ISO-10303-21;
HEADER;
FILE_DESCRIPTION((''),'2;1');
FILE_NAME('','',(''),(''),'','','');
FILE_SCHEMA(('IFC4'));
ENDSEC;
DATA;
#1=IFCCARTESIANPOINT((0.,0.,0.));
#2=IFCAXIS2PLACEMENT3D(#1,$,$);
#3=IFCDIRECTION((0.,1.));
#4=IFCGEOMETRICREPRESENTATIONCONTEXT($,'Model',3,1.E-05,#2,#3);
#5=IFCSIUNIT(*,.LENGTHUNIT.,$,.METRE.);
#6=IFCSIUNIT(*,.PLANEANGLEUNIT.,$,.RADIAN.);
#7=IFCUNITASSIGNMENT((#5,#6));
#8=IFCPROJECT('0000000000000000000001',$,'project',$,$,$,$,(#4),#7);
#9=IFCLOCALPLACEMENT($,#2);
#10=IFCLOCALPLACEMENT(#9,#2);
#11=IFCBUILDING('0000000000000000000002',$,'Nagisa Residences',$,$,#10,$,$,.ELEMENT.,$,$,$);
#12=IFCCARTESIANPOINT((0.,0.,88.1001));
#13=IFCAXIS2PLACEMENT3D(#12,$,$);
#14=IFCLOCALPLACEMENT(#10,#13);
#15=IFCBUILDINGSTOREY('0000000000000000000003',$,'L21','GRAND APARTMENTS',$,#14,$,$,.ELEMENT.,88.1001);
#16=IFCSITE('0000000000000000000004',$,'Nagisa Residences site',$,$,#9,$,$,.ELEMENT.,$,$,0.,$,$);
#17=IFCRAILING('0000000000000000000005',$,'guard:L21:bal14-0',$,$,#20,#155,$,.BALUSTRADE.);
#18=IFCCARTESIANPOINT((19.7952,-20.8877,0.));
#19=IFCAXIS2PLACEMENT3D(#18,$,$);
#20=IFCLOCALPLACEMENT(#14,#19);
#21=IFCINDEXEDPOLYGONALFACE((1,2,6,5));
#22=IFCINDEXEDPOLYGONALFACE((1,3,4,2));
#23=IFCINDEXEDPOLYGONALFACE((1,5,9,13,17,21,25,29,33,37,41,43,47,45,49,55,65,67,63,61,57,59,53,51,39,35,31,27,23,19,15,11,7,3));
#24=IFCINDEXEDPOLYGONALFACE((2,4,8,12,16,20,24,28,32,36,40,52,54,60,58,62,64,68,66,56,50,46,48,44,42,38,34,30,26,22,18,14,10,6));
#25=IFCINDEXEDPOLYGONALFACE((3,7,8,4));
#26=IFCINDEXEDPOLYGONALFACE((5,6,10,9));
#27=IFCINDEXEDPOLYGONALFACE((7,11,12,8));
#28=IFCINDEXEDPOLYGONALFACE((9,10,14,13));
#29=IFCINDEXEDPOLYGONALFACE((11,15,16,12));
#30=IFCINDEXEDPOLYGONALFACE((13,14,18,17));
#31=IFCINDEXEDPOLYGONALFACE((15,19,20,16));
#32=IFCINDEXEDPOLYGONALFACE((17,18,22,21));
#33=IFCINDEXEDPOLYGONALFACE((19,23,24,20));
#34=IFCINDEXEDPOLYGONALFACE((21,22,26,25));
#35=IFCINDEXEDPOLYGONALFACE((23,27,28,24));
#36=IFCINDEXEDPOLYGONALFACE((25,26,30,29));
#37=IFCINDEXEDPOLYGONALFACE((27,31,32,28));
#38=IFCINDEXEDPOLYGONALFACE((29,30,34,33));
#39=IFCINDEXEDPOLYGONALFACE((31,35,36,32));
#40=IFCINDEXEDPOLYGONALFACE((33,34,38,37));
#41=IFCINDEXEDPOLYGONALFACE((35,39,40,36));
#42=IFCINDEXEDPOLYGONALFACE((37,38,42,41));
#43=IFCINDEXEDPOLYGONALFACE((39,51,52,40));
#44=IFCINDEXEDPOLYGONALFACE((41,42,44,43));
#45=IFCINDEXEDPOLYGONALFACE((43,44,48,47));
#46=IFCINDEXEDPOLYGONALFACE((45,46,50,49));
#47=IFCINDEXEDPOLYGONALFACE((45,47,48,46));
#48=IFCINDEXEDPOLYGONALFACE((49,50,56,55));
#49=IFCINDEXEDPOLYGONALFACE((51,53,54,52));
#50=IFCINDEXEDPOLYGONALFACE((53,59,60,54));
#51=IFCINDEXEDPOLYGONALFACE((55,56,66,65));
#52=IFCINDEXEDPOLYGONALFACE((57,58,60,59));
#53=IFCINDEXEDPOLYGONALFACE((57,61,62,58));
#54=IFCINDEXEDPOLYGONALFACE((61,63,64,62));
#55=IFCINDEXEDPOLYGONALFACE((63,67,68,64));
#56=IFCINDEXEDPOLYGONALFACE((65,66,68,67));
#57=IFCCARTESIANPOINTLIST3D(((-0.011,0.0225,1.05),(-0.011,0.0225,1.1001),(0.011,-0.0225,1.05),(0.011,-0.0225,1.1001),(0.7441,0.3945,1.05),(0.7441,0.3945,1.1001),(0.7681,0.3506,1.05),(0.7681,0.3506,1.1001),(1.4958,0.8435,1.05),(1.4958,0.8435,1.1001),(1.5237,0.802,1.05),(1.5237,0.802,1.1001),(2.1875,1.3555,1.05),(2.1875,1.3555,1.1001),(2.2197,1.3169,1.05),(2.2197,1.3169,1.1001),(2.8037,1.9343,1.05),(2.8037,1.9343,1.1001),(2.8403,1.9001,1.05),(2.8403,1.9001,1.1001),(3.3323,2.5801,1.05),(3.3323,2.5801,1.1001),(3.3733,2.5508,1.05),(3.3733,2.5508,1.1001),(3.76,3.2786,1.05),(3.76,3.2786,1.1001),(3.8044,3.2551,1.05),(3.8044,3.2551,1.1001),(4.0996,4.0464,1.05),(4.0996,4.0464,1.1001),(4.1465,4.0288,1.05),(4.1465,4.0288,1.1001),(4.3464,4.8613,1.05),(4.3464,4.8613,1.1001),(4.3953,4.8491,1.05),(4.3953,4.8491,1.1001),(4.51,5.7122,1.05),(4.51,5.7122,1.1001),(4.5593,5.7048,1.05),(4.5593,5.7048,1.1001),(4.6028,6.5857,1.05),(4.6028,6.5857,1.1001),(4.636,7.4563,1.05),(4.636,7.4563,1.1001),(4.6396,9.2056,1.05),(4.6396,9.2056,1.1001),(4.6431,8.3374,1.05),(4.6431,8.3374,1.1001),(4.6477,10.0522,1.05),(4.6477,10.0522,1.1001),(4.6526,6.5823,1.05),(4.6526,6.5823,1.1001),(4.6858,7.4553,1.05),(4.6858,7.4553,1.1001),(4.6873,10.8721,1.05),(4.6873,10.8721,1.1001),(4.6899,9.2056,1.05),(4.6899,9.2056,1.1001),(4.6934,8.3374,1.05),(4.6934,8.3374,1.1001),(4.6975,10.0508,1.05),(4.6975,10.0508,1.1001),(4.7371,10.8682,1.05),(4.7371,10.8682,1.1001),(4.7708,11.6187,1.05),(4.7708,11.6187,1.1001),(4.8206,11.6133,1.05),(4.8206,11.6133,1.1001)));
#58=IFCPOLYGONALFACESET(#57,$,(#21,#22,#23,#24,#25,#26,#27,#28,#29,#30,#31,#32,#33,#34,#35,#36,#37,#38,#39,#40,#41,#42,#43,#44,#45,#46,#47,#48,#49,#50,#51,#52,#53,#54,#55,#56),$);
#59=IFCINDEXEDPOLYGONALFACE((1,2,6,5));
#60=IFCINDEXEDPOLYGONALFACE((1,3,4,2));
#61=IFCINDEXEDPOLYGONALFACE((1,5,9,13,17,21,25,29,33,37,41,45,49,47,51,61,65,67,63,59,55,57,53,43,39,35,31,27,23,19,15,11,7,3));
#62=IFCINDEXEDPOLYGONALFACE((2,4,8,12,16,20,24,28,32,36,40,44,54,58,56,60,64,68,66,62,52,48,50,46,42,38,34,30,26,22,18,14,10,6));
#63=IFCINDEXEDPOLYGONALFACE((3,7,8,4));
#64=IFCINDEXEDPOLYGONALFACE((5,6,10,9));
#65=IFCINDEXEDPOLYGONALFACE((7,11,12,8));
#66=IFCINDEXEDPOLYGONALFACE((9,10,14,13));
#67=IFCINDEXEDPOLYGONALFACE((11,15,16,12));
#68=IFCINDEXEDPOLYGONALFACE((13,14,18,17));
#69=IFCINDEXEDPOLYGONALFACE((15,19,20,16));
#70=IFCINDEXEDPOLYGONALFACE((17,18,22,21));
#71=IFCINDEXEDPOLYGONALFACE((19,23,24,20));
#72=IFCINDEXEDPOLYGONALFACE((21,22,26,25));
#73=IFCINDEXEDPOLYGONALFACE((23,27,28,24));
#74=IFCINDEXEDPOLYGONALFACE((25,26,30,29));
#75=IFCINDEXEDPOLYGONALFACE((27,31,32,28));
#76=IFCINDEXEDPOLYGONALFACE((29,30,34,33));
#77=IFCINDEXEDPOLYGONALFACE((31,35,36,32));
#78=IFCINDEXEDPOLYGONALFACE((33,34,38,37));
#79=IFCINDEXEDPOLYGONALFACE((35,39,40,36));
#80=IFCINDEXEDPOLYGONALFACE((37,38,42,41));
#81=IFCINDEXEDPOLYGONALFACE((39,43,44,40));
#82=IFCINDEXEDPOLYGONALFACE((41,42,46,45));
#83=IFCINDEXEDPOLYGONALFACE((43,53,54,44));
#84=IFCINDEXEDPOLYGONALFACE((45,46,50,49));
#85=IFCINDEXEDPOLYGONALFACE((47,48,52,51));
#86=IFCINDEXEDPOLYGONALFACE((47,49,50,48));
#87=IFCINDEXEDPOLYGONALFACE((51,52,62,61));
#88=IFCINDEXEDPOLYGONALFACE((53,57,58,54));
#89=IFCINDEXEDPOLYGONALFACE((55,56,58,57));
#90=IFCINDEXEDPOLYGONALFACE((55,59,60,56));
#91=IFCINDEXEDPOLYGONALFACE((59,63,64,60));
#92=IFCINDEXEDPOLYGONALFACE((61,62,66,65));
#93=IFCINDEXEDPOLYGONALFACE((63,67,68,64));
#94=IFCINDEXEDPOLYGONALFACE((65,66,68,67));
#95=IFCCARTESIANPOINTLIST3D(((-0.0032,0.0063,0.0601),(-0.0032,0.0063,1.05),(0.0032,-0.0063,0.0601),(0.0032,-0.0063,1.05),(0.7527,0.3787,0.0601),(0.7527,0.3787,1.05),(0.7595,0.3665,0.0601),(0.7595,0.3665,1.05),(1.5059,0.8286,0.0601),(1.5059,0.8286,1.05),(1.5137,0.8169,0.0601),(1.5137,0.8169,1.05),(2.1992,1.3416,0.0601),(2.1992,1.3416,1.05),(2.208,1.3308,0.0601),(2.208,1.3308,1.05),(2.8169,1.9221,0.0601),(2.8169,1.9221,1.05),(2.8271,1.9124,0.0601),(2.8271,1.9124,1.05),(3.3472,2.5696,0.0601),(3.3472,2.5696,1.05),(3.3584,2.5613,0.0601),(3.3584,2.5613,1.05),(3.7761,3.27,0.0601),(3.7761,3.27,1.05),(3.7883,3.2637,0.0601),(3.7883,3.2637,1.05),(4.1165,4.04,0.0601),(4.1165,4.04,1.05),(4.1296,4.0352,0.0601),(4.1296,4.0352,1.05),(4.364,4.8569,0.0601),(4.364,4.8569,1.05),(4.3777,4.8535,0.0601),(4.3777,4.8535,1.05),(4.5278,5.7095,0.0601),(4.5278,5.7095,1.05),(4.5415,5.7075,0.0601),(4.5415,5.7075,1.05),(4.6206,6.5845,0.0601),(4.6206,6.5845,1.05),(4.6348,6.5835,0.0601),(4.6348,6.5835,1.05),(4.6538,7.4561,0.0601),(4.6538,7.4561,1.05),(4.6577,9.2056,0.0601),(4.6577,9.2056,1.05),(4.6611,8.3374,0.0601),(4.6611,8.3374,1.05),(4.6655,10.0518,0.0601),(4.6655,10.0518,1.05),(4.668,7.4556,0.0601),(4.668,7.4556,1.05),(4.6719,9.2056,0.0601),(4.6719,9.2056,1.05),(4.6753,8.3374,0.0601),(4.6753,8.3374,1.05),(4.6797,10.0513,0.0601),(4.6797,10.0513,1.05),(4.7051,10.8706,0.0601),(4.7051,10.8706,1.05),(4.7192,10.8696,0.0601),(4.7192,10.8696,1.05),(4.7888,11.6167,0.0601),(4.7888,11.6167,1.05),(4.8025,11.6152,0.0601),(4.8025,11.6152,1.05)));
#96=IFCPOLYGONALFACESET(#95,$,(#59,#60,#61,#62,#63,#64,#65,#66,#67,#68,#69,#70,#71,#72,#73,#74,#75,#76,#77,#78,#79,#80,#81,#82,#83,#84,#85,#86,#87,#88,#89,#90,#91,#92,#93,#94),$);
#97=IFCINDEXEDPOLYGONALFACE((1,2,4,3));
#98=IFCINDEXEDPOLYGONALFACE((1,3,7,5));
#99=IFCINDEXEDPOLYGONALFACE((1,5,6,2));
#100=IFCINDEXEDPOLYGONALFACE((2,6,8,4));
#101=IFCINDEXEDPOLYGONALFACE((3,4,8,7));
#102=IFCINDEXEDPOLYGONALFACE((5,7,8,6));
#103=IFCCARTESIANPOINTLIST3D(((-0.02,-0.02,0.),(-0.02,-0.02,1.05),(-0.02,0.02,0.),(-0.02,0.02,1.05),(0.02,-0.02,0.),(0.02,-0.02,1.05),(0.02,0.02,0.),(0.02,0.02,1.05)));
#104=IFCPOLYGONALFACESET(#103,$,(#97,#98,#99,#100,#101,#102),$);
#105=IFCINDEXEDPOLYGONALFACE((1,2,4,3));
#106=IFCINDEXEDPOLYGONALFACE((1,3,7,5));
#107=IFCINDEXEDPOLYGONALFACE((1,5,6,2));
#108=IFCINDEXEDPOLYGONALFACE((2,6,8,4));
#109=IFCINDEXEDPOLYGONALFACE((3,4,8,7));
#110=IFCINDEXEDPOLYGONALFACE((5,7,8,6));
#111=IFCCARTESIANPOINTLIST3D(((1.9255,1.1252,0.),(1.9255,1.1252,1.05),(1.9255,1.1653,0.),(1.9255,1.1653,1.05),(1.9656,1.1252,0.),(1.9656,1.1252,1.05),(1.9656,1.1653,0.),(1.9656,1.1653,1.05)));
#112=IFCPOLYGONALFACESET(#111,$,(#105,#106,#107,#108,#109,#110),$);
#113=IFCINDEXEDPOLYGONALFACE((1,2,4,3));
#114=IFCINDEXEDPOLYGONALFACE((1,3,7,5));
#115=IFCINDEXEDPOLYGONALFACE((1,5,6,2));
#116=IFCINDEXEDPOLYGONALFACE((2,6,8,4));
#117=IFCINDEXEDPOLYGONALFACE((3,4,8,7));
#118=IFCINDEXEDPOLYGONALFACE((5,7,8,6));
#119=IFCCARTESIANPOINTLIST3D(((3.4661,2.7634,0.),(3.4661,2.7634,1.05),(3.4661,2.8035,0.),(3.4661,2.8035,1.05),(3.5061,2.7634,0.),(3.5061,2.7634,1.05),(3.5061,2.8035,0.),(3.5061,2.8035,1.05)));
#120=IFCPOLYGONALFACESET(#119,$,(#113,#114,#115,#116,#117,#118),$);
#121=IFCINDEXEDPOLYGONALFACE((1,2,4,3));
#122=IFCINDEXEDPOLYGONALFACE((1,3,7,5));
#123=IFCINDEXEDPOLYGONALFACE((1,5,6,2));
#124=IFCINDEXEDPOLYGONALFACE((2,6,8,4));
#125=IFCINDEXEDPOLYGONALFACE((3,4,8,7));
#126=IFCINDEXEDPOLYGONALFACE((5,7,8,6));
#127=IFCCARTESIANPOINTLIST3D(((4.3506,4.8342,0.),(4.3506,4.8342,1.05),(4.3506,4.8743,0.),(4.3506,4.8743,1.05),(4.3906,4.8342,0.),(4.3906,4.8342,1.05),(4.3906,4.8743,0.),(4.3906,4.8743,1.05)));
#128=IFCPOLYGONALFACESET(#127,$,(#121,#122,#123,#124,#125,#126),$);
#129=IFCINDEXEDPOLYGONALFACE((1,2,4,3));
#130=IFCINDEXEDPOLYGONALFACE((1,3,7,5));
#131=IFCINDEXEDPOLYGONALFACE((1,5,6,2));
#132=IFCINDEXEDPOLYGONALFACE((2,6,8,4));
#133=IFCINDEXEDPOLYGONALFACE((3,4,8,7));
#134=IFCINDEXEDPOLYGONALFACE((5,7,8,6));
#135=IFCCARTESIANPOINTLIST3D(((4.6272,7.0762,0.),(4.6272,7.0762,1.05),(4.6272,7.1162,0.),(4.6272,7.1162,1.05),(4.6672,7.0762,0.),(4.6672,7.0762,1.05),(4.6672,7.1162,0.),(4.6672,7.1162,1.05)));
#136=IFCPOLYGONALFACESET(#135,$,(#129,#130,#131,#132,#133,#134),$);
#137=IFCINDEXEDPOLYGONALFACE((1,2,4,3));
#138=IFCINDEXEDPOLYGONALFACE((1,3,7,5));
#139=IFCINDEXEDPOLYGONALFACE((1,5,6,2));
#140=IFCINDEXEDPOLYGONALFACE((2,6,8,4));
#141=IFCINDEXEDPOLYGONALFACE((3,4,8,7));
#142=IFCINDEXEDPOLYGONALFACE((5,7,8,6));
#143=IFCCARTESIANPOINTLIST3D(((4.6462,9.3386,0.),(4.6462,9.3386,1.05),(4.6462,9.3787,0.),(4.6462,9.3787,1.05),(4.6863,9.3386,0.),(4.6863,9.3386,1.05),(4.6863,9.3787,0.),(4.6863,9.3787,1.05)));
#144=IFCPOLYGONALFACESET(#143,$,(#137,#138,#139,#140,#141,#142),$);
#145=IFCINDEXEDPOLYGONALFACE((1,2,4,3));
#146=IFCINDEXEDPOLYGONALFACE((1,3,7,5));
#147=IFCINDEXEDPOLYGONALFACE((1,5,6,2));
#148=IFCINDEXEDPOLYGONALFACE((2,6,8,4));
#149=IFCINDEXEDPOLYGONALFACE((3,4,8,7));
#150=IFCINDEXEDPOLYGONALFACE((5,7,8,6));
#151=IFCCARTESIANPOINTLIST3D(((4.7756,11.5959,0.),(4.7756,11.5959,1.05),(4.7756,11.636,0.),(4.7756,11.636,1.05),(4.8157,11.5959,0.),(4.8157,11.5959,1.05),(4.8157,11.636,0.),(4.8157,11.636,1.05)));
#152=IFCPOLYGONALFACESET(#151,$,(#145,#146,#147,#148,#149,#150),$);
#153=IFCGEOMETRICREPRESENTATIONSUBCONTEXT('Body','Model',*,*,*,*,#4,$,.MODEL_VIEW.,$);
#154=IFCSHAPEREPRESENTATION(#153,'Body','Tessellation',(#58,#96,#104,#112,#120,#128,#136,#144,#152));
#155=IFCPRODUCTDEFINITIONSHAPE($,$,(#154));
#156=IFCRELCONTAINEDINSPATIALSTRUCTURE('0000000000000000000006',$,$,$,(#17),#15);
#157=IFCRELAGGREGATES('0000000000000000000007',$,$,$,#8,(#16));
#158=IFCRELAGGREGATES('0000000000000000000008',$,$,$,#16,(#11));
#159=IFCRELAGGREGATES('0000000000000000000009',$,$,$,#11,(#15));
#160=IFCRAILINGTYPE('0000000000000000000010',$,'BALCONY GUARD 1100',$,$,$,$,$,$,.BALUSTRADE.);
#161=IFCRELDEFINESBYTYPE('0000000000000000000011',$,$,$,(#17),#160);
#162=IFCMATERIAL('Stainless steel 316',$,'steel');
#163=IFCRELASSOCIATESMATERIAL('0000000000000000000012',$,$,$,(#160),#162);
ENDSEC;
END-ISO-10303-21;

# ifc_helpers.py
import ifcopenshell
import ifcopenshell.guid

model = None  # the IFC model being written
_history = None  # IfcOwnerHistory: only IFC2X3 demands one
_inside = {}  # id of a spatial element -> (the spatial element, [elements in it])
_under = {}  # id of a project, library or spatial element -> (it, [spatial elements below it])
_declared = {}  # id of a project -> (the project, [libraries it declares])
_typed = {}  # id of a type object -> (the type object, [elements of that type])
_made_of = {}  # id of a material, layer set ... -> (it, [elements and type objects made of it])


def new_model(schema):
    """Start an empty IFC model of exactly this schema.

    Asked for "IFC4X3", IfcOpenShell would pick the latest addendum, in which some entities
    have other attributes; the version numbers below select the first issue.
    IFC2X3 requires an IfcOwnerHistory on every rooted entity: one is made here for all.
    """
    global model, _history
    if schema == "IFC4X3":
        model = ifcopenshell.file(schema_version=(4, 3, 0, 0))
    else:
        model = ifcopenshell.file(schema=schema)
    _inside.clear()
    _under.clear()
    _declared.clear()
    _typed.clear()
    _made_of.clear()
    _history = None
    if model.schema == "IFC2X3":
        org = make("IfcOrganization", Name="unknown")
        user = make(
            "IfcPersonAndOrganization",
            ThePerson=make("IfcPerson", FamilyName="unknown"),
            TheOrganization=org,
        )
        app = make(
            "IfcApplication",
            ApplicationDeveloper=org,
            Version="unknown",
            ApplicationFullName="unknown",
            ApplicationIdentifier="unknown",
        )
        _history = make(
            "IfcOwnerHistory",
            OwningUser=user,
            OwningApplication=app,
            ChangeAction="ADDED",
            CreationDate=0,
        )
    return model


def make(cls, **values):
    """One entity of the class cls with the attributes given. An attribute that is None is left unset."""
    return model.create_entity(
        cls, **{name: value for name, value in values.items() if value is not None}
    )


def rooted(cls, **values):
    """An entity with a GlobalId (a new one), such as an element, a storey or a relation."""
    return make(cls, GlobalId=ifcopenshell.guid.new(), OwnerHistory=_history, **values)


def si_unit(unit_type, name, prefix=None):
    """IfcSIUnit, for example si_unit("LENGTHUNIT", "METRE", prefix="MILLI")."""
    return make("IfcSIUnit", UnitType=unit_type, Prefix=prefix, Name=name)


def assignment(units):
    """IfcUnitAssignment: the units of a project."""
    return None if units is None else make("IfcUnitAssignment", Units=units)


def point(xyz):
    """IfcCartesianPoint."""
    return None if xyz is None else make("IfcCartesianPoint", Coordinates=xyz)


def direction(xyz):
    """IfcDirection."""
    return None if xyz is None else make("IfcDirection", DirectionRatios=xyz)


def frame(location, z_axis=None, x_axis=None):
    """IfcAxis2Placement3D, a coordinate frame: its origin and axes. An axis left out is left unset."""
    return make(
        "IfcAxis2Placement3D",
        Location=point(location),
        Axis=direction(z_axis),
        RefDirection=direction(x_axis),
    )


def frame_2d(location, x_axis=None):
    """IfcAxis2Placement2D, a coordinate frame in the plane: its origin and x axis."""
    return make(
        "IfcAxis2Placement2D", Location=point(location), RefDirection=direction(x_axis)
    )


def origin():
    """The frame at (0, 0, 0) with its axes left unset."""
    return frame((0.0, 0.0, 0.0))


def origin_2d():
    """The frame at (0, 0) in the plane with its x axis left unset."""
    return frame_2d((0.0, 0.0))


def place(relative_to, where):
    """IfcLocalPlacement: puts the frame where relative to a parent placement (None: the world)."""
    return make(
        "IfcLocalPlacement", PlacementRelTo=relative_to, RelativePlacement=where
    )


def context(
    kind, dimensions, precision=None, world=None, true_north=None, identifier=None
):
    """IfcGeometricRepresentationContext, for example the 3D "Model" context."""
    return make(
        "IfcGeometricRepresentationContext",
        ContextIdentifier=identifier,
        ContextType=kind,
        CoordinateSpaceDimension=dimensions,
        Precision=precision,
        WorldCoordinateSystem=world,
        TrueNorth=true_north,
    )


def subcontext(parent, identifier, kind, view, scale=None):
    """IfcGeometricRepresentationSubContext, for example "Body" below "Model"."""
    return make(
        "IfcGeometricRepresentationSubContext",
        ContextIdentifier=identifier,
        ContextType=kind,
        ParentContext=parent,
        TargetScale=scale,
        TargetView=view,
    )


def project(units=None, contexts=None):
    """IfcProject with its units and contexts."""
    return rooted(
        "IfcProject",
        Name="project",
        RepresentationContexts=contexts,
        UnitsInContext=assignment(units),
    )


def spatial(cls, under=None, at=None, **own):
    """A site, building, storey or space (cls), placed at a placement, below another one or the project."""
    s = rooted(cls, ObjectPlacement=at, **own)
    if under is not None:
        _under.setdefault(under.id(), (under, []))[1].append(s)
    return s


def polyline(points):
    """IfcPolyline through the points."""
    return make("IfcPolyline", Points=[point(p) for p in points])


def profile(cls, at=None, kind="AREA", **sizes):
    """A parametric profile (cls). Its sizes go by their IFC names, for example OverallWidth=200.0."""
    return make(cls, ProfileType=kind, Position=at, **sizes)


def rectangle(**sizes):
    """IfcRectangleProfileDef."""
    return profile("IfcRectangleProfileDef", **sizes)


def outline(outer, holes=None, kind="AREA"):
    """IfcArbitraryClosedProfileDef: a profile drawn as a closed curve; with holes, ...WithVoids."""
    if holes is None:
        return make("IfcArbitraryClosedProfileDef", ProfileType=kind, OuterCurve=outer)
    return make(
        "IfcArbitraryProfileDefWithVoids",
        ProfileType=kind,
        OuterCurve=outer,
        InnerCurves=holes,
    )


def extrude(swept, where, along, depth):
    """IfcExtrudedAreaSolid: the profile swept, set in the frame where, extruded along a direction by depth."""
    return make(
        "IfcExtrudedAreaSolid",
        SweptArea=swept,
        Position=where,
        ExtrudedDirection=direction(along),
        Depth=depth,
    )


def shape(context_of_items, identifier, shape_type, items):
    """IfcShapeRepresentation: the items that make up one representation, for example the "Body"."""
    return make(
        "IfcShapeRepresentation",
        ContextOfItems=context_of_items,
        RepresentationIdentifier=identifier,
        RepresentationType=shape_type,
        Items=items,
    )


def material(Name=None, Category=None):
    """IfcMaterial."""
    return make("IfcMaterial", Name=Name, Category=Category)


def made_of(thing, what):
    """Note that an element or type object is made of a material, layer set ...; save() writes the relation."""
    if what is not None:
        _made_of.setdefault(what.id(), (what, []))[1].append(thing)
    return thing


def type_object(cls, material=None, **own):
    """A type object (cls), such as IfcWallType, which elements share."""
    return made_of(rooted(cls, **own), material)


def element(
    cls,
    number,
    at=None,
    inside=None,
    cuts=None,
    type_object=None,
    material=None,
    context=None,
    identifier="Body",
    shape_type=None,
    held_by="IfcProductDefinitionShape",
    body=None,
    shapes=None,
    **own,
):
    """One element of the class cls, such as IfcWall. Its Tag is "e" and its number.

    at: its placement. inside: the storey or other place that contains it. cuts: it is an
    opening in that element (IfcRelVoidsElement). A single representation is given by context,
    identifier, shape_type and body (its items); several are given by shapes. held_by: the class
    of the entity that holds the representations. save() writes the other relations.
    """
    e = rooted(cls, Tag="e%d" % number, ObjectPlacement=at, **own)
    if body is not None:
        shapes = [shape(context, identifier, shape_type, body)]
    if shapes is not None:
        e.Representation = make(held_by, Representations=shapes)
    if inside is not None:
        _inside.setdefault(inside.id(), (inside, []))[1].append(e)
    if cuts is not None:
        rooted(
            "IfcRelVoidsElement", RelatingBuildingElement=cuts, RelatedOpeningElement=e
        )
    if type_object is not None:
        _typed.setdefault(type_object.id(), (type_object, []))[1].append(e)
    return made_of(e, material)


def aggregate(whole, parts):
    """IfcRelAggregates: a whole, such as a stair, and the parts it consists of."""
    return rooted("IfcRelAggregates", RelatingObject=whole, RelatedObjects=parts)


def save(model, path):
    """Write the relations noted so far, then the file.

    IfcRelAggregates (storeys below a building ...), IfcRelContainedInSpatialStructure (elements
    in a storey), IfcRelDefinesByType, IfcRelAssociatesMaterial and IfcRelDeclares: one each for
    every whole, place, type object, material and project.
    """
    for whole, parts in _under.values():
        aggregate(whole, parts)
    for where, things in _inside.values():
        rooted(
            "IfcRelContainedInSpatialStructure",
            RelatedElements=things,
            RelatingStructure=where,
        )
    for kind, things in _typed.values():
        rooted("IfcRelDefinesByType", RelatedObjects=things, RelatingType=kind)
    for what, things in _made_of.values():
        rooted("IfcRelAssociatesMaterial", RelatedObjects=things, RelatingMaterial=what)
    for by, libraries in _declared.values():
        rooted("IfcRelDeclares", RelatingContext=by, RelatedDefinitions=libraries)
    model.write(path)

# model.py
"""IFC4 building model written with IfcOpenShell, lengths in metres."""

from ifc_helpers import new_model, si_unit, direction, frame, origin, origin_2d, place, context, subcontext, project, spatial, polyline, rectangle, outline, extrude, material, type_object, element, save


model = new_model("IFC4")

# Units and contexts
model_context = context("Model", 3, precision=1e-05, world=origin(), true_north=direction((0.0, 1.0)))
body_context = subcontext(model_context, "Body", "Model", "MODEL_VIEW")
ifc_project = project(units=[si_unit("LENGTHUNIT", "METRE"), si_unit("PLANEANGLEUNIT", "RADIAN")], contexts=[model_context])

# Site, building, storey
site_placement = place(None, origin())
site = spatial("IfcSite", under=ifc_project, at=site_placement, Name="Nagisa Residences site", CompositionType="ELEMENT", RefElevation=0.0)
building_placement = place(site_placement, origin())
building = spatial("IfcBuilding", under=site, at=building_placement, Name="Nagisa Residences", CompositionType="ELEMENT")
storey_placement = place(building_placement, frame((0.0, 0.0, 88.1001)))
storey = spatial("IfcBuildingStorey", under=building, at=storey_placement, Name="L21", Description="GRAND APARTMENTS", CompositionType="ELEMENT", Elevation=88.1001)

# Railing
ifc_material_1 = material(Name="Stainless steel 316", Category="steel")
railing_type = type_object("IfcRailingType", Name="BALCONY GUARD 1100", PredefinedType="BALUSTRADE", material=ifc_material_1)
railing_placement = place(storey_placement, frame((19.7952, -20.8877, 0.0)))
element("IfcRailing", 1, at=railing_placement, inside=storey, type_object=railing_type, Name="guard:L21:bal14-0", PredefinedType="BALUSTRADE", context=body_context, shape_type="SweptSolid", body=[
    extrude(outline(polyline([(0.7441, 0.3945), (-0.011, 0.0225), (0.011, -0.0225), (0.7681, 0.3506), (1.5237, 0.802), (2.2197, 1.3169), (2.8403, 1.9001), (3.3733, 2.5508), (3.8044, 3.2551), (4.1465, 4.0288), (4.3953, 4.8491), (4.5593, 5.7048), (4.6526, 6.5823), (4.6858, 7.4553), (4.6934, 8.3374), (4.6899, 9.2056), (4.6975, 10.0508), (4.7371, 10.8682), (4.8206, 11.6133), (4.7708, 11.6187), (4.6873, 10.8721), (4.6477, 10.0522), (4.6396, 9.2056), (4.6431, 8.3374), (4.636, 7.4563), (4.6028, 6.5857), (4.51, 5.7122), (4.3464, 4.8613), (4.0996, 4.0464), (3.76, 3.2786), (3.3323, 2.5801), (2.8037, 1.9343), (2.1875, 1.3555), (1.4958, 0.8435), (0.7441, 0.3945)])), frame((0.0, 0.0, 1.05)), (0.0, 0.0, 1.0), 0.05),
    extrude(outline(polyline([(0.7527, 0.3787), (-0.0032, 0.0063), (0.0032, -0.0063), (0.7595, 0.3665), (1.5137, 0.8169), (2.208, 1.3308), (2.8271, 1.9124), (3.3584, 2.5613), (3.7883, 3.2637), (4.1296, 4.0352), (4.3777, 4.8535), (4.5415, 5.7075), (4.6348, 6.5835), (4.668, 7.4556), (4.6753, 8.3374), (4.6719, 9.2056), (4.6797, 10.0513), (4.7192, 10.8696), (4.8025, 11.6152), (4.7888, 11.6167), (4.7051, 10.8706), (4.6655, 10.0518), (4.6577, 9.2056), (4.6611, 8.3374), (4.6538, 7.4561), (4.6206, 6.5845), (4.5278, 5.7095), (4.364, 4.8569), (4.1165, 4.04), (3.7761, 3.27), (3.3472, 2.5696), (2.8169, 1.9221), (2.1992, 1.3416), (1.5059, 0.8286), (0.7527, 0.3787)])), frame((0.0, 0.0, 0.0601)), (0.0, 0.0, 1.0), 0.99),
    extrude(rectangle(XDim=0.04, YDim=0.04, at=origin_2d()), origin(), (0.0, 0.0, 1.0), 1.05),
    extrude(rectangle(XDim=0.04, YDim=0.04, at=origin_2d()), frame((1.9456, 1.1453, 0.0)), (0.0, 0.0, 1.0), 1.05),
    extrude(rectangle(XDim=0.04, YDim=0.04, at=origin_2d()), frame((3.4861, 2.7834, 0.0)), (0.0, 0.0, 1.0), 1.05),
    extrude(rectangle(XDim=0.04, YDim=0.04, at=origin_2d()), frame((4.3706, 4.8542, 0.0)), (0.0, 0.0, 1.0), 1.05),
    extrude(rectangle(XDim=0.04, YDim=0.04, at=origin_2d()), frame((4.6472, 7.0962, 0.0)), (0.0, 0.0, 1.0), 1.05),
    extrude(rectangle(XDim=0.04, YDim=0.04, at=origin_2d()), frame((4.6663, 9.3586, 0.0)), (0.0, 0.0, 1.0), 1.05),
    extrude(rectangle(XDim=0.04, YDim=0.04, at=origin_2d()), frame((4.7957, 11.616, 0.0)), (0.0, 0.0, 1.0), 1.05),
])

save(model, "model.ifc")
